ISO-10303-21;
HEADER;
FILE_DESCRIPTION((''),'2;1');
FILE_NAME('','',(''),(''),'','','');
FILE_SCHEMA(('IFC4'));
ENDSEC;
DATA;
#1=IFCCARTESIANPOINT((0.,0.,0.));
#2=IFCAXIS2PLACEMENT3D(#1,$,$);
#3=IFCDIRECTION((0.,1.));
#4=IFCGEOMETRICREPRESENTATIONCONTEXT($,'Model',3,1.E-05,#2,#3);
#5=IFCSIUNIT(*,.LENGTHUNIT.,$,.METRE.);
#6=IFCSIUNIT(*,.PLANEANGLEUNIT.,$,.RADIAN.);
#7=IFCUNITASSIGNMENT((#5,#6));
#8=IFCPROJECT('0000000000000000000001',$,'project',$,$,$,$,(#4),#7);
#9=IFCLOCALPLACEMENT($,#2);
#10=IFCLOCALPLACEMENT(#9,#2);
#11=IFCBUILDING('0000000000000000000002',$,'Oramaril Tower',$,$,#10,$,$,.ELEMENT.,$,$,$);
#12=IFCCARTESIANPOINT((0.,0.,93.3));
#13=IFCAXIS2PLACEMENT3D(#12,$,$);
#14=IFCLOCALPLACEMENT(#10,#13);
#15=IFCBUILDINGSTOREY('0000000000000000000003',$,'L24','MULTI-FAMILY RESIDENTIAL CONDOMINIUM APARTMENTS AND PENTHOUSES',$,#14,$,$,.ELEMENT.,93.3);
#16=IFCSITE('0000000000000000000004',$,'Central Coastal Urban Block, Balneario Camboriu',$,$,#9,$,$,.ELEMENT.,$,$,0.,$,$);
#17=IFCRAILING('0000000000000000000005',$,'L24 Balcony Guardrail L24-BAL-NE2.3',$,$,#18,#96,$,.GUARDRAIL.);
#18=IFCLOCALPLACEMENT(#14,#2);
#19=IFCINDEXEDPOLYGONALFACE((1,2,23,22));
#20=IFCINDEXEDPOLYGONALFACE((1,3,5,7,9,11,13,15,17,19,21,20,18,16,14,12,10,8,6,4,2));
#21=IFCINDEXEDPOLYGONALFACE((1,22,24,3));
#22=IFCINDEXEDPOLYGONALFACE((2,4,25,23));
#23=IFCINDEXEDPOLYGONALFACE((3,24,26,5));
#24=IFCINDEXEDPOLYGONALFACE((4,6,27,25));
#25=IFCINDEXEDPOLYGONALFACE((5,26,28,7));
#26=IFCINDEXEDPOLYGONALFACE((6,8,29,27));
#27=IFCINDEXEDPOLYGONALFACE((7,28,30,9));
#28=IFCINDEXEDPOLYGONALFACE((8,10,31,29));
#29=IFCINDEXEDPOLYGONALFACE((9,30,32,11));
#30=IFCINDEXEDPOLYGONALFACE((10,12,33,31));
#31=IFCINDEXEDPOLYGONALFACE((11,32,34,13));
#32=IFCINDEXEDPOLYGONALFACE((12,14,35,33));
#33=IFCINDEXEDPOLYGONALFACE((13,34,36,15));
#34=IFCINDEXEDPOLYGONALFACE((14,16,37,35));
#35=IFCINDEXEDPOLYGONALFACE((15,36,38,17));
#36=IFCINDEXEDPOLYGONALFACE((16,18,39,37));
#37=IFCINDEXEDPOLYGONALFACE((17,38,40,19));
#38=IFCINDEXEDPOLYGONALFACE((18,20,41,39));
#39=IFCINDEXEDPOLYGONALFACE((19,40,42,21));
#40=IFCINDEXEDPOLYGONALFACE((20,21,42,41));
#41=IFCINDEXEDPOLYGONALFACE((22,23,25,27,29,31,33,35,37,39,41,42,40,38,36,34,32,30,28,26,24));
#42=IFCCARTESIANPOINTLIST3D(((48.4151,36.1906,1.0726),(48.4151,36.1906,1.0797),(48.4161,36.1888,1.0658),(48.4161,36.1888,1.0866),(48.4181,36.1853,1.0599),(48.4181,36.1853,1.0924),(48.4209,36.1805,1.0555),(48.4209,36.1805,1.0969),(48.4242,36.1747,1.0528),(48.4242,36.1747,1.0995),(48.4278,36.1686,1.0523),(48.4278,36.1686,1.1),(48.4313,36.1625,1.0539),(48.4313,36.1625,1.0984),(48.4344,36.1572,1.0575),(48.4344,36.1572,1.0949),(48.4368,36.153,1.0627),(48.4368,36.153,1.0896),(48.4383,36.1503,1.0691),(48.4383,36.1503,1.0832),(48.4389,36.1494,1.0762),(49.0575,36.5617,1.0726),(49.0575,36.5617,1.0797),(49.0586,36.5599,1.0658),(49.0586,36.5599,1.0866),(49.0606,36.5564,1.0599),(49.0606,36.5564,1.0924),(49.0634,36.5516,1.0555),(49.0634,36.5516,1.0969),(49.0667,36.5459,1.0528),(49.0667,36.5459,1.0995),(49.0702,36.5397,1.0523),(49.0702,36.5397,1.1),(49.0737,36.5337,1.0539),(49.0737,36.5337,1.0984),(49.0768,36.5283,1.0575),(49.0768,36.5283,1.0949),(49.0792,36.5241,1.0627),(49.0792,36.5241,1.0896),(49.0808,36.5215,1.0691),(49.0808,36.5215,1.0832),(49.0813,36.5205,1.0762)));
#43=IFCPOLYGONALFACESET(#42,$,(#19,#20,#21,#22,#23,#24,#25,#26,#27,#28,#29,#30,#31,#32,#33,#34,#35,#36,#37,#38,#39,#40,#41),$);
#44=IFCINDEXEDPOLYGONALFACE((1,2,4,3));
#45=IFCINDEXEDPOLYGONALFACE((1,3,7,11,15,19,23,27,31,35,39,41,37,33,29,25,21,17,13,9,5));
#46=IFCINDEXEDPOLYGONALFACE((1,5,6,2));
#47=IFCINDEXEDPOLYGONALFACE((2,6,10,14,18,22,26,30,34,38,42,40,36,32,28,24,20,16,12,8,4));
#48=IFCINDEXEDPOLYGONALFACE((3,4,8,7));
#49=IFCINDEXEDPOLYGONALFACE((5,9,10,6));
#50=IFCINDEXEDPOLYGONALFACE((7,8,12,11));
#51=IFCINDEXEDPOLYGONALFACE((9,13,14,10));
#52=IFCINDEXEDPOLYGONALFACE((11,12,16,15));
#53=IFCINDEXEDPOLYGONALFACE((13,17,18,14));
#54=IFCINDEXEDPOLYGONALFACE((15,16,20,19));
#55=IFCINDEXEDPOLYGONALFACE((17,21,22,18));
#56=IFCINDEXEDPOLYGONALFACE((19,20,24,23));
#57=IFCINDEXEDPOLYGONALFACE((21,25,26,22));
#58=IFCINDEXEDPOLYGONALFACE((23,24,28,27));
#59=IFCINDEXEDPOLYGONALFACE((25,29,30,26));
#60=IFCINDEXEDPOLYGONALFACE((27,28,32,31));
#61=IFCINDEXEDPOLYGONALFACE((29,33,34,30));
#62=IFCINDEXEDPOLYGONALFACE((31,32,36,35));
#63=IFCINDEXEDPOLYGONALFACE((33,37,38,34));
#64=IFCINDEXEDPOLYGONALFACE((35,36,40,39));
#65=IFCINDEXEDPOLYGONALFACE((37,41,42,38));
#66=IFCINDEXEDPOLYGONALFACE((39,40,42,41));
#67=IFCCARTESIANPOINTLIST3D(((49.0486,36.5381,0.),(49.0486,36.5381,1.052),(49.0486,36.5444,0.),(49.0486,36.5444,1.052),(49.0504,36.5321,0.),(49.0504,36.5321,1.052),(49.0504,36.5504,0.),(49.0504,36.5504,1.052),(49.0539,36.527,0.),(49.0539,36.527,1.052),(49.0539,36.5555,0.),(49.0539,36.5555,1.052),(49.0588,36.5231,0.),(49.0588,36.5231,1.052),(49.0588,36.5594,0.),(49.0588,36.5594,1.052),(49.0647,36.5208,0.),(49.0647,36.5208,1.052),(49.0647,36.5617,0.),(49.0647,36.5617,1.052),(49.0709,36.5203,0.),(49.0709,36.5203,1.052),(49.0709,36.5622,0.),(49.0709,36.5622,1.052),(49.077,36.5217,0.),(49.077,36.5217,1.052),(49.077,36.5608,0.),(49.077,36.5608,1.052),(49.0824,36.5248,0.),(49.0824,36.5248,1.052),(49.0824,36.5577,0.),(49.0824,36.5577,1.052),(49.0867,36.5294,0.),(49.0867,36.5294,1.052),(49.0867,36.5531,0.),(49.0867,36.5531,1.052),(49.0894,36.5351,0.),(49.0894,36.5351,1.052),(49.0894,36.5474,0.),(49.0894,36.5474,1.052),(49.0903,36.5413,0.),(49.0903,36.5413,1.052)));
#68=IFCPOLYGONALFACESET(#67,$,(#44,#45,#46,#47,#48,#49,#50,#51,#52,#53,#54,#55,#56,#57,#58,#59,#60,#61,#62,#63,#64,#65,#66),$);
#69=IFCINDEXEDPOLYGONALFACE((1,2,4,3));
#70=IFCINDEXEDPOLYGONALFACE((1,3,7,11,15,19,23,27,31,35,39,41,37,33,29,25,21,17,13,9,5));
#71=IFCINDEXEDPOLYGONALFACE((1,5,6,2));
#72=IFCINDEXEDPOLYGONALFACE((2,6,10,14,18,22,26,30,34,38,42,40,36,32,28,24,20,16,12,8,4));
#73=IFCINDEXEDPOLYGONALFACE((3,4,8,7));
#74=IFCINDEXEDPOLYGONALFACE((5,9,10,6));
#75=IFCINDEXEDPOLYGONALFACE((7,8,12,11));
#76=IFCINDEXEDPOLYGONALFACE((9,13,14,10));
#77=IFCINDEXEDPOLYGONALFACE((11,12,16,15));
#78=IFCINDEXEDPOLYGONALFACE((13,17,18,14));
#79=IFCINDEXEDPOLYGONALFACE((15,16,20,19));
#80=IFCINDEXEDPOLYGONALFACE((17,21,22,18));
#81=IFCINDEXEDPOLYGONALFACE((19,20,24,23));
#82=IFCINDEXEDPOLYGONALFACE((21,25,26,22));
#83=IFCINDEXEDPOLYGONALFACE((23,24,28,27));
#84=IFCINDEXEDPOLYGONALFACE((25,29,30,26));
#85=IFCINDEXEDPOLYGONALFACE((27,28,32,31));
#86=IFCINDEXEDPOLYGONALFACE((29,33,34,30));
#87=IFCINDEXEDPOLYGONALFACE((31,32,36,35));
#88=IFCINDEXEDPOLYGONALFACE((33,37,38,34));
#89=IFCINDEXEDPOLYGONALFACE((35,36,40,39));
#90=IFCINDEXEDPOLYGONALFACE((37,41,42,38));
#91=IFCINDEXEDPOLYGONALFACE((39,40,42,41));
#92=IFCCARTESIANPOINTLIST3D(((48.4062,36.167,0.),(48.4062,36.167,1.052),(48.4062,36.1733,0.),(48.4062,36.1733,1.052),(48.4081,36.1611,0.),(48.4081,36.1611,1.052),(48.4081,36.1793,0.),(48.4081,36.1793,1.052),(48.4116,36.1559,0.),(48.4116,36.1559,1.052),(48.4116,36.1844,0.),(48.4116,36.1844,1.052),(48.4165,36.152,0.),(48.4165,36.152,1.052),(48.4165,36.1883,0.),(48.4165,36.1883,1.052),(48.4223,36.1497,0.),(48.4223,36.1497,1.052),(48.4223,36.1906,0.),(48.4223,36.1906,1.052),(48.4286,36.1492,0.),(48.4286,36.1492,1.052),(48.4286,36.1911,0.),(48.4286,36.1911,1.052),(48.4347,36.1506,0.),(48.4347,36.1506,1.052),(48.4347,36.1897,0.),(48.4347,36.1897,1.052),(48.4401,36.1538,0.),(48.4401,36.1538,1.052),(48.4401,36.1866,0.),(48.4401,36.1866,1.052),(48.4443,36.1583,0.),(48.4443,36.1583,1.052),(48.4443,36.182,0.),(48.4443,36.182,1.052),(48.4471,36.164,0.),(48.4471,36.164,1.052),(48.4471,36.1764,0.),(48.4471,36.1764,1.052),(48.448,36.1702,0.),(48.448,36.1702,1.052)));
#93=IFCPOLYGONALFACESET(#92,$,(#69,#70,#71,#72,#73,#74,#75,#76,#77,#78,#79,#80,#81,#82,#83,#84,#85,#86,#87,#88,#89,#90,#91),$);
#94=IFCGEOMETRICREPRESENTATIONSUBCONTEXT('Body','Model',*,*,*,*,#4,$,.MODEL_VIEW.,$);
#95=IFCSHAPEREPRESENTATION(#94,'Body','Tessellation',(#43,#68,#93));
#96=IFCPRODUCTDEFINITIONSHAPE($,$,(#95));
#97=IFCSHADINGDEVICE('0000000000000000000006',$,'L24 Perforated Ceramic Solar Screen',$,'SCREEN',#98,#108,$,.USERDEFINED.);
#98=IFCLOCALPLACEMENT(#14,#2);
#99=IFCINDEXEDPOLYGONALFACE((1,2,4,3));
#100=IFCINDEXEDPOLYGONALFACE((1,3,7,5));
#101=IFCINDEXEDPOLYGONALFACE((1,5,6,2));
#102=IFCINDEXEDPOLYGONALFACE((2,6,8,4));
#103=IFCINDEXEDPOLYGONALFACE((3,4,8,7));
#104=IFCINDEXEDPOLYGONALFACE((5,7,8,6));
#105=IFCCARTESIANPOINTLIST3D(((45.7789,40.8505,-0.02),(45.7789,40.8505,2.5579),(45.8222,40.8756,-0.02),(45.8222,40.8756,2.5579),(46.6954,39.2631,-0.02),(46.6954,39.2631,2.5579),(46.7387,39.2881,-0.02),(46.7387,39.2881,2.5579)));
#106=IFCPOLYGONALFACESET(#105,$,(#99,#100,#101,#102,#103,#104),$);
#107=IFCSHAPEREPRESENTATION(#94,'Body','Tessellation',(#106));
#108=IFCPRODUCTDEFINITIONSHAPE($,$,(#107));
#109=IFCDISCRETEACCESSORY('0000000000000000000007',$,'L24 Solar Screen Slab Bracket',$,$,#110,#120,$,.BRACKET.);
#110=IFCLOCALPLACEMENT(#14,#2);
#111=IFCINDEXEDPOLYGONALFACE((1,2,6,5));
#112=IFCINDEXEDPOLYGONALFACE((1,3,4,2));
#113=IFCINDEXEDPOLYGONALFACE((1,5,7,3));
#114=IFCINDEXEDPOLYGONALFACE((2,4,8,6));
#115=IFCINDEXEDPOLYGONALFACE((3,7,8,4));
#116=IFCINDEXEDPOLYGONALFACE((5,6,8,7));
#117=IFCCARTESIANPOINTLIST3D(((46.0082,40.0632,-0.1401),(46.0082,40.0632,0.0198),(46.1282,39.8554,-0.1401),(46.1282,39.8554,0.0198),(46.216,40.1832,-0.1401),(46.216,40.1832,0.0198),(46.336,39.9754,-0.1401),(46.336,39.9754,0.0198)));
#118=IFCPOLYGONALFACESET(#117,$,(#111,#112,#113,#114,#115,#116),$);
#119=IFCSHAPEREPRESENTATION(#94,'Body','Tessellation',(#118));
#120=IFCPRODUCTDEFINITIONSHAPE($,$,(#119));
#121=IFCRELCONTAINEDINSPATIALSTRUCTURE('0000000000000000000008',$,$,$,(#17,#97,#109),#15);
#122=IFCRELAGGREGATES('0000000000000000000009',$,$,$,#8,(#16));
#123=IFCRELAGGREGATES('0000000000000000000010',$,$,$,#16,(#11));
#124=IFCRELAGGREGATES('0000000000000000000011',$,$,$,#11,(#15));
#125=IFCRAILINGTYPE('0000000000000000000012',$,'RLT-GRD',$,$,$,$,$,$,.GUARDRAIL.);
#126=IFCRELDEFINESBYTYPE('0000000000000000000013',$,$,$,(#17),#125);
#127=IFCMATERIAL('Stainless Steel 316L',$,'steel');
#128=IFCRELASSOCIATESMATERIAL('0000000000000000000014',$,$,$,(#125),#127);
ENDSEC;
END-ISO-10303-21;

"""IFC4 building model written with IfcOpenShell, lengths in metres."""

from ifc_helpers import new_model, si_unit, direction, frame, origin, origin_2d, place, context, subcontext, project, spatial, rectangle, circle, extrude, material, type_object, element, save


model = new_model("IFC4")

# Units and contexts
model_context = context("Model", 3, precision=1e-05, world=origin(), true_north=direction((0.0, 1.0)))
body_context = subcontext(model_context, "Body", "Model", "MODEL_VIEW")
ifc_project = project(units=[si_unit("LENGTHUNIT", "METRE"), si_unit("PLANEANGLEUNIT", "RADIAN")], contexts=[model_context])

# Site, building, storey
site_placement = place(None, origin())
site = spatial("IfcSite", under=ifc_project, at=site_placement, Name="Central Coastal Urban Block, Balneario Camboriu", CompositionType="ELEMENT", RefElevation=0.0)
building_placement = place(site_placement, origin())
building = spatial("IfcBuilding", under=site, at=building_placement, Name="Oramaril Tower", CompositionType="ELEMENT")
storey_placement = place(building_placement, frame((0.0, 0.0, 93.3)))
storey = spatial("IfcBuildingStorey", under=building, at=storey_placement, Name="L24", Description="MULTI-FAMILY RESIDENTIAL CONDOMINIUM APARTMENTS AND PENTHOUSES", CompositionType="ELEMENT", Elevation=93.3)

# Railing
ifc_material_1 = material(Name="Stainless Steel 316L", Category="steel")
railing_type = type_object("IfcRailingType", Name="RLT-GRD", PredefinedType="GUARDRAIL", material=ifc_material_1)
railing_1_placement = place(storey_placement, frame((49.0693, 36.5413, 0.0)))
element("IfcRailing", 1, at=railing_1_placement, inside=storey, type_object=railing_type, Name="L24 Balcony Guardrail L24-BAL-NE2.3", PredefinedType="GUARDRAIL", context=body_context, shape_type="SweptSolid", body=[
    extrude(circle(Radius=0.0239, at=origin_2d()), frame((0.0, 0.0, 1.0762), z_axis=(-0.865884, -0.500245, 0.0), x_axis=(0.500245, -0.865884, 0.0)), (0.0, 0.0, 1.0), 0.7419),
    extrude(circle(Radius=0.021, at=origin_2d()), origin(), (0.0, 0.0, 1.0), 1.052),
    extrude(circle(Radius=0.021, at=origin_2d()), frame((-0.6423, -0.3711, 0.0)), (0.0, 0.0, 1.0), 1.052),
])

# Shading device
shading_device_placement = place(storey_placement, frame((46.2588, 40.0693, -0.02), z_axis=(0.0, 0.0, 1.0), x_axis=(-0.5, 0.866025, 0.0)))
element("IfcShadingDevice", 2, at=shading_device_placement, inside=storey, Name="L24 Perforated Ceramic Solar Screen", ObjectType="SCREEN", PredefinedType="USERDEFINED", context=body_context, shape_type="SweptSolid", body=[
    extrude(rectangle(XDim=1.833, YDim=0.05, at=origin_2d()), origin(), (0.0, 0.0, 1.0), 2.5779),
])

# Discrete accessory
discrete_accessory_placement = place(storey_placement, frame((46.1721, 40.0193, -0.1401), z_axis=(0.0, 0.0, 1.0), x_axis=(-0.5, 0.866025, 0.0)))
element("IfcDiscreteAccessory", 3, at=discrete_accessory_placement, inside=storey, Name="L24 Solar Screen Slab Bracket", PredefinedType="BRACKET", context=body_context, shape_type="SweptSolid", body=[
    extrude(rectangle(XDim=0.24, YDim=0.24, at=origin_2d()), origin(), (0.0, 0.0, 1.0), 0.1599),
])

save(model, "model.ifc")
